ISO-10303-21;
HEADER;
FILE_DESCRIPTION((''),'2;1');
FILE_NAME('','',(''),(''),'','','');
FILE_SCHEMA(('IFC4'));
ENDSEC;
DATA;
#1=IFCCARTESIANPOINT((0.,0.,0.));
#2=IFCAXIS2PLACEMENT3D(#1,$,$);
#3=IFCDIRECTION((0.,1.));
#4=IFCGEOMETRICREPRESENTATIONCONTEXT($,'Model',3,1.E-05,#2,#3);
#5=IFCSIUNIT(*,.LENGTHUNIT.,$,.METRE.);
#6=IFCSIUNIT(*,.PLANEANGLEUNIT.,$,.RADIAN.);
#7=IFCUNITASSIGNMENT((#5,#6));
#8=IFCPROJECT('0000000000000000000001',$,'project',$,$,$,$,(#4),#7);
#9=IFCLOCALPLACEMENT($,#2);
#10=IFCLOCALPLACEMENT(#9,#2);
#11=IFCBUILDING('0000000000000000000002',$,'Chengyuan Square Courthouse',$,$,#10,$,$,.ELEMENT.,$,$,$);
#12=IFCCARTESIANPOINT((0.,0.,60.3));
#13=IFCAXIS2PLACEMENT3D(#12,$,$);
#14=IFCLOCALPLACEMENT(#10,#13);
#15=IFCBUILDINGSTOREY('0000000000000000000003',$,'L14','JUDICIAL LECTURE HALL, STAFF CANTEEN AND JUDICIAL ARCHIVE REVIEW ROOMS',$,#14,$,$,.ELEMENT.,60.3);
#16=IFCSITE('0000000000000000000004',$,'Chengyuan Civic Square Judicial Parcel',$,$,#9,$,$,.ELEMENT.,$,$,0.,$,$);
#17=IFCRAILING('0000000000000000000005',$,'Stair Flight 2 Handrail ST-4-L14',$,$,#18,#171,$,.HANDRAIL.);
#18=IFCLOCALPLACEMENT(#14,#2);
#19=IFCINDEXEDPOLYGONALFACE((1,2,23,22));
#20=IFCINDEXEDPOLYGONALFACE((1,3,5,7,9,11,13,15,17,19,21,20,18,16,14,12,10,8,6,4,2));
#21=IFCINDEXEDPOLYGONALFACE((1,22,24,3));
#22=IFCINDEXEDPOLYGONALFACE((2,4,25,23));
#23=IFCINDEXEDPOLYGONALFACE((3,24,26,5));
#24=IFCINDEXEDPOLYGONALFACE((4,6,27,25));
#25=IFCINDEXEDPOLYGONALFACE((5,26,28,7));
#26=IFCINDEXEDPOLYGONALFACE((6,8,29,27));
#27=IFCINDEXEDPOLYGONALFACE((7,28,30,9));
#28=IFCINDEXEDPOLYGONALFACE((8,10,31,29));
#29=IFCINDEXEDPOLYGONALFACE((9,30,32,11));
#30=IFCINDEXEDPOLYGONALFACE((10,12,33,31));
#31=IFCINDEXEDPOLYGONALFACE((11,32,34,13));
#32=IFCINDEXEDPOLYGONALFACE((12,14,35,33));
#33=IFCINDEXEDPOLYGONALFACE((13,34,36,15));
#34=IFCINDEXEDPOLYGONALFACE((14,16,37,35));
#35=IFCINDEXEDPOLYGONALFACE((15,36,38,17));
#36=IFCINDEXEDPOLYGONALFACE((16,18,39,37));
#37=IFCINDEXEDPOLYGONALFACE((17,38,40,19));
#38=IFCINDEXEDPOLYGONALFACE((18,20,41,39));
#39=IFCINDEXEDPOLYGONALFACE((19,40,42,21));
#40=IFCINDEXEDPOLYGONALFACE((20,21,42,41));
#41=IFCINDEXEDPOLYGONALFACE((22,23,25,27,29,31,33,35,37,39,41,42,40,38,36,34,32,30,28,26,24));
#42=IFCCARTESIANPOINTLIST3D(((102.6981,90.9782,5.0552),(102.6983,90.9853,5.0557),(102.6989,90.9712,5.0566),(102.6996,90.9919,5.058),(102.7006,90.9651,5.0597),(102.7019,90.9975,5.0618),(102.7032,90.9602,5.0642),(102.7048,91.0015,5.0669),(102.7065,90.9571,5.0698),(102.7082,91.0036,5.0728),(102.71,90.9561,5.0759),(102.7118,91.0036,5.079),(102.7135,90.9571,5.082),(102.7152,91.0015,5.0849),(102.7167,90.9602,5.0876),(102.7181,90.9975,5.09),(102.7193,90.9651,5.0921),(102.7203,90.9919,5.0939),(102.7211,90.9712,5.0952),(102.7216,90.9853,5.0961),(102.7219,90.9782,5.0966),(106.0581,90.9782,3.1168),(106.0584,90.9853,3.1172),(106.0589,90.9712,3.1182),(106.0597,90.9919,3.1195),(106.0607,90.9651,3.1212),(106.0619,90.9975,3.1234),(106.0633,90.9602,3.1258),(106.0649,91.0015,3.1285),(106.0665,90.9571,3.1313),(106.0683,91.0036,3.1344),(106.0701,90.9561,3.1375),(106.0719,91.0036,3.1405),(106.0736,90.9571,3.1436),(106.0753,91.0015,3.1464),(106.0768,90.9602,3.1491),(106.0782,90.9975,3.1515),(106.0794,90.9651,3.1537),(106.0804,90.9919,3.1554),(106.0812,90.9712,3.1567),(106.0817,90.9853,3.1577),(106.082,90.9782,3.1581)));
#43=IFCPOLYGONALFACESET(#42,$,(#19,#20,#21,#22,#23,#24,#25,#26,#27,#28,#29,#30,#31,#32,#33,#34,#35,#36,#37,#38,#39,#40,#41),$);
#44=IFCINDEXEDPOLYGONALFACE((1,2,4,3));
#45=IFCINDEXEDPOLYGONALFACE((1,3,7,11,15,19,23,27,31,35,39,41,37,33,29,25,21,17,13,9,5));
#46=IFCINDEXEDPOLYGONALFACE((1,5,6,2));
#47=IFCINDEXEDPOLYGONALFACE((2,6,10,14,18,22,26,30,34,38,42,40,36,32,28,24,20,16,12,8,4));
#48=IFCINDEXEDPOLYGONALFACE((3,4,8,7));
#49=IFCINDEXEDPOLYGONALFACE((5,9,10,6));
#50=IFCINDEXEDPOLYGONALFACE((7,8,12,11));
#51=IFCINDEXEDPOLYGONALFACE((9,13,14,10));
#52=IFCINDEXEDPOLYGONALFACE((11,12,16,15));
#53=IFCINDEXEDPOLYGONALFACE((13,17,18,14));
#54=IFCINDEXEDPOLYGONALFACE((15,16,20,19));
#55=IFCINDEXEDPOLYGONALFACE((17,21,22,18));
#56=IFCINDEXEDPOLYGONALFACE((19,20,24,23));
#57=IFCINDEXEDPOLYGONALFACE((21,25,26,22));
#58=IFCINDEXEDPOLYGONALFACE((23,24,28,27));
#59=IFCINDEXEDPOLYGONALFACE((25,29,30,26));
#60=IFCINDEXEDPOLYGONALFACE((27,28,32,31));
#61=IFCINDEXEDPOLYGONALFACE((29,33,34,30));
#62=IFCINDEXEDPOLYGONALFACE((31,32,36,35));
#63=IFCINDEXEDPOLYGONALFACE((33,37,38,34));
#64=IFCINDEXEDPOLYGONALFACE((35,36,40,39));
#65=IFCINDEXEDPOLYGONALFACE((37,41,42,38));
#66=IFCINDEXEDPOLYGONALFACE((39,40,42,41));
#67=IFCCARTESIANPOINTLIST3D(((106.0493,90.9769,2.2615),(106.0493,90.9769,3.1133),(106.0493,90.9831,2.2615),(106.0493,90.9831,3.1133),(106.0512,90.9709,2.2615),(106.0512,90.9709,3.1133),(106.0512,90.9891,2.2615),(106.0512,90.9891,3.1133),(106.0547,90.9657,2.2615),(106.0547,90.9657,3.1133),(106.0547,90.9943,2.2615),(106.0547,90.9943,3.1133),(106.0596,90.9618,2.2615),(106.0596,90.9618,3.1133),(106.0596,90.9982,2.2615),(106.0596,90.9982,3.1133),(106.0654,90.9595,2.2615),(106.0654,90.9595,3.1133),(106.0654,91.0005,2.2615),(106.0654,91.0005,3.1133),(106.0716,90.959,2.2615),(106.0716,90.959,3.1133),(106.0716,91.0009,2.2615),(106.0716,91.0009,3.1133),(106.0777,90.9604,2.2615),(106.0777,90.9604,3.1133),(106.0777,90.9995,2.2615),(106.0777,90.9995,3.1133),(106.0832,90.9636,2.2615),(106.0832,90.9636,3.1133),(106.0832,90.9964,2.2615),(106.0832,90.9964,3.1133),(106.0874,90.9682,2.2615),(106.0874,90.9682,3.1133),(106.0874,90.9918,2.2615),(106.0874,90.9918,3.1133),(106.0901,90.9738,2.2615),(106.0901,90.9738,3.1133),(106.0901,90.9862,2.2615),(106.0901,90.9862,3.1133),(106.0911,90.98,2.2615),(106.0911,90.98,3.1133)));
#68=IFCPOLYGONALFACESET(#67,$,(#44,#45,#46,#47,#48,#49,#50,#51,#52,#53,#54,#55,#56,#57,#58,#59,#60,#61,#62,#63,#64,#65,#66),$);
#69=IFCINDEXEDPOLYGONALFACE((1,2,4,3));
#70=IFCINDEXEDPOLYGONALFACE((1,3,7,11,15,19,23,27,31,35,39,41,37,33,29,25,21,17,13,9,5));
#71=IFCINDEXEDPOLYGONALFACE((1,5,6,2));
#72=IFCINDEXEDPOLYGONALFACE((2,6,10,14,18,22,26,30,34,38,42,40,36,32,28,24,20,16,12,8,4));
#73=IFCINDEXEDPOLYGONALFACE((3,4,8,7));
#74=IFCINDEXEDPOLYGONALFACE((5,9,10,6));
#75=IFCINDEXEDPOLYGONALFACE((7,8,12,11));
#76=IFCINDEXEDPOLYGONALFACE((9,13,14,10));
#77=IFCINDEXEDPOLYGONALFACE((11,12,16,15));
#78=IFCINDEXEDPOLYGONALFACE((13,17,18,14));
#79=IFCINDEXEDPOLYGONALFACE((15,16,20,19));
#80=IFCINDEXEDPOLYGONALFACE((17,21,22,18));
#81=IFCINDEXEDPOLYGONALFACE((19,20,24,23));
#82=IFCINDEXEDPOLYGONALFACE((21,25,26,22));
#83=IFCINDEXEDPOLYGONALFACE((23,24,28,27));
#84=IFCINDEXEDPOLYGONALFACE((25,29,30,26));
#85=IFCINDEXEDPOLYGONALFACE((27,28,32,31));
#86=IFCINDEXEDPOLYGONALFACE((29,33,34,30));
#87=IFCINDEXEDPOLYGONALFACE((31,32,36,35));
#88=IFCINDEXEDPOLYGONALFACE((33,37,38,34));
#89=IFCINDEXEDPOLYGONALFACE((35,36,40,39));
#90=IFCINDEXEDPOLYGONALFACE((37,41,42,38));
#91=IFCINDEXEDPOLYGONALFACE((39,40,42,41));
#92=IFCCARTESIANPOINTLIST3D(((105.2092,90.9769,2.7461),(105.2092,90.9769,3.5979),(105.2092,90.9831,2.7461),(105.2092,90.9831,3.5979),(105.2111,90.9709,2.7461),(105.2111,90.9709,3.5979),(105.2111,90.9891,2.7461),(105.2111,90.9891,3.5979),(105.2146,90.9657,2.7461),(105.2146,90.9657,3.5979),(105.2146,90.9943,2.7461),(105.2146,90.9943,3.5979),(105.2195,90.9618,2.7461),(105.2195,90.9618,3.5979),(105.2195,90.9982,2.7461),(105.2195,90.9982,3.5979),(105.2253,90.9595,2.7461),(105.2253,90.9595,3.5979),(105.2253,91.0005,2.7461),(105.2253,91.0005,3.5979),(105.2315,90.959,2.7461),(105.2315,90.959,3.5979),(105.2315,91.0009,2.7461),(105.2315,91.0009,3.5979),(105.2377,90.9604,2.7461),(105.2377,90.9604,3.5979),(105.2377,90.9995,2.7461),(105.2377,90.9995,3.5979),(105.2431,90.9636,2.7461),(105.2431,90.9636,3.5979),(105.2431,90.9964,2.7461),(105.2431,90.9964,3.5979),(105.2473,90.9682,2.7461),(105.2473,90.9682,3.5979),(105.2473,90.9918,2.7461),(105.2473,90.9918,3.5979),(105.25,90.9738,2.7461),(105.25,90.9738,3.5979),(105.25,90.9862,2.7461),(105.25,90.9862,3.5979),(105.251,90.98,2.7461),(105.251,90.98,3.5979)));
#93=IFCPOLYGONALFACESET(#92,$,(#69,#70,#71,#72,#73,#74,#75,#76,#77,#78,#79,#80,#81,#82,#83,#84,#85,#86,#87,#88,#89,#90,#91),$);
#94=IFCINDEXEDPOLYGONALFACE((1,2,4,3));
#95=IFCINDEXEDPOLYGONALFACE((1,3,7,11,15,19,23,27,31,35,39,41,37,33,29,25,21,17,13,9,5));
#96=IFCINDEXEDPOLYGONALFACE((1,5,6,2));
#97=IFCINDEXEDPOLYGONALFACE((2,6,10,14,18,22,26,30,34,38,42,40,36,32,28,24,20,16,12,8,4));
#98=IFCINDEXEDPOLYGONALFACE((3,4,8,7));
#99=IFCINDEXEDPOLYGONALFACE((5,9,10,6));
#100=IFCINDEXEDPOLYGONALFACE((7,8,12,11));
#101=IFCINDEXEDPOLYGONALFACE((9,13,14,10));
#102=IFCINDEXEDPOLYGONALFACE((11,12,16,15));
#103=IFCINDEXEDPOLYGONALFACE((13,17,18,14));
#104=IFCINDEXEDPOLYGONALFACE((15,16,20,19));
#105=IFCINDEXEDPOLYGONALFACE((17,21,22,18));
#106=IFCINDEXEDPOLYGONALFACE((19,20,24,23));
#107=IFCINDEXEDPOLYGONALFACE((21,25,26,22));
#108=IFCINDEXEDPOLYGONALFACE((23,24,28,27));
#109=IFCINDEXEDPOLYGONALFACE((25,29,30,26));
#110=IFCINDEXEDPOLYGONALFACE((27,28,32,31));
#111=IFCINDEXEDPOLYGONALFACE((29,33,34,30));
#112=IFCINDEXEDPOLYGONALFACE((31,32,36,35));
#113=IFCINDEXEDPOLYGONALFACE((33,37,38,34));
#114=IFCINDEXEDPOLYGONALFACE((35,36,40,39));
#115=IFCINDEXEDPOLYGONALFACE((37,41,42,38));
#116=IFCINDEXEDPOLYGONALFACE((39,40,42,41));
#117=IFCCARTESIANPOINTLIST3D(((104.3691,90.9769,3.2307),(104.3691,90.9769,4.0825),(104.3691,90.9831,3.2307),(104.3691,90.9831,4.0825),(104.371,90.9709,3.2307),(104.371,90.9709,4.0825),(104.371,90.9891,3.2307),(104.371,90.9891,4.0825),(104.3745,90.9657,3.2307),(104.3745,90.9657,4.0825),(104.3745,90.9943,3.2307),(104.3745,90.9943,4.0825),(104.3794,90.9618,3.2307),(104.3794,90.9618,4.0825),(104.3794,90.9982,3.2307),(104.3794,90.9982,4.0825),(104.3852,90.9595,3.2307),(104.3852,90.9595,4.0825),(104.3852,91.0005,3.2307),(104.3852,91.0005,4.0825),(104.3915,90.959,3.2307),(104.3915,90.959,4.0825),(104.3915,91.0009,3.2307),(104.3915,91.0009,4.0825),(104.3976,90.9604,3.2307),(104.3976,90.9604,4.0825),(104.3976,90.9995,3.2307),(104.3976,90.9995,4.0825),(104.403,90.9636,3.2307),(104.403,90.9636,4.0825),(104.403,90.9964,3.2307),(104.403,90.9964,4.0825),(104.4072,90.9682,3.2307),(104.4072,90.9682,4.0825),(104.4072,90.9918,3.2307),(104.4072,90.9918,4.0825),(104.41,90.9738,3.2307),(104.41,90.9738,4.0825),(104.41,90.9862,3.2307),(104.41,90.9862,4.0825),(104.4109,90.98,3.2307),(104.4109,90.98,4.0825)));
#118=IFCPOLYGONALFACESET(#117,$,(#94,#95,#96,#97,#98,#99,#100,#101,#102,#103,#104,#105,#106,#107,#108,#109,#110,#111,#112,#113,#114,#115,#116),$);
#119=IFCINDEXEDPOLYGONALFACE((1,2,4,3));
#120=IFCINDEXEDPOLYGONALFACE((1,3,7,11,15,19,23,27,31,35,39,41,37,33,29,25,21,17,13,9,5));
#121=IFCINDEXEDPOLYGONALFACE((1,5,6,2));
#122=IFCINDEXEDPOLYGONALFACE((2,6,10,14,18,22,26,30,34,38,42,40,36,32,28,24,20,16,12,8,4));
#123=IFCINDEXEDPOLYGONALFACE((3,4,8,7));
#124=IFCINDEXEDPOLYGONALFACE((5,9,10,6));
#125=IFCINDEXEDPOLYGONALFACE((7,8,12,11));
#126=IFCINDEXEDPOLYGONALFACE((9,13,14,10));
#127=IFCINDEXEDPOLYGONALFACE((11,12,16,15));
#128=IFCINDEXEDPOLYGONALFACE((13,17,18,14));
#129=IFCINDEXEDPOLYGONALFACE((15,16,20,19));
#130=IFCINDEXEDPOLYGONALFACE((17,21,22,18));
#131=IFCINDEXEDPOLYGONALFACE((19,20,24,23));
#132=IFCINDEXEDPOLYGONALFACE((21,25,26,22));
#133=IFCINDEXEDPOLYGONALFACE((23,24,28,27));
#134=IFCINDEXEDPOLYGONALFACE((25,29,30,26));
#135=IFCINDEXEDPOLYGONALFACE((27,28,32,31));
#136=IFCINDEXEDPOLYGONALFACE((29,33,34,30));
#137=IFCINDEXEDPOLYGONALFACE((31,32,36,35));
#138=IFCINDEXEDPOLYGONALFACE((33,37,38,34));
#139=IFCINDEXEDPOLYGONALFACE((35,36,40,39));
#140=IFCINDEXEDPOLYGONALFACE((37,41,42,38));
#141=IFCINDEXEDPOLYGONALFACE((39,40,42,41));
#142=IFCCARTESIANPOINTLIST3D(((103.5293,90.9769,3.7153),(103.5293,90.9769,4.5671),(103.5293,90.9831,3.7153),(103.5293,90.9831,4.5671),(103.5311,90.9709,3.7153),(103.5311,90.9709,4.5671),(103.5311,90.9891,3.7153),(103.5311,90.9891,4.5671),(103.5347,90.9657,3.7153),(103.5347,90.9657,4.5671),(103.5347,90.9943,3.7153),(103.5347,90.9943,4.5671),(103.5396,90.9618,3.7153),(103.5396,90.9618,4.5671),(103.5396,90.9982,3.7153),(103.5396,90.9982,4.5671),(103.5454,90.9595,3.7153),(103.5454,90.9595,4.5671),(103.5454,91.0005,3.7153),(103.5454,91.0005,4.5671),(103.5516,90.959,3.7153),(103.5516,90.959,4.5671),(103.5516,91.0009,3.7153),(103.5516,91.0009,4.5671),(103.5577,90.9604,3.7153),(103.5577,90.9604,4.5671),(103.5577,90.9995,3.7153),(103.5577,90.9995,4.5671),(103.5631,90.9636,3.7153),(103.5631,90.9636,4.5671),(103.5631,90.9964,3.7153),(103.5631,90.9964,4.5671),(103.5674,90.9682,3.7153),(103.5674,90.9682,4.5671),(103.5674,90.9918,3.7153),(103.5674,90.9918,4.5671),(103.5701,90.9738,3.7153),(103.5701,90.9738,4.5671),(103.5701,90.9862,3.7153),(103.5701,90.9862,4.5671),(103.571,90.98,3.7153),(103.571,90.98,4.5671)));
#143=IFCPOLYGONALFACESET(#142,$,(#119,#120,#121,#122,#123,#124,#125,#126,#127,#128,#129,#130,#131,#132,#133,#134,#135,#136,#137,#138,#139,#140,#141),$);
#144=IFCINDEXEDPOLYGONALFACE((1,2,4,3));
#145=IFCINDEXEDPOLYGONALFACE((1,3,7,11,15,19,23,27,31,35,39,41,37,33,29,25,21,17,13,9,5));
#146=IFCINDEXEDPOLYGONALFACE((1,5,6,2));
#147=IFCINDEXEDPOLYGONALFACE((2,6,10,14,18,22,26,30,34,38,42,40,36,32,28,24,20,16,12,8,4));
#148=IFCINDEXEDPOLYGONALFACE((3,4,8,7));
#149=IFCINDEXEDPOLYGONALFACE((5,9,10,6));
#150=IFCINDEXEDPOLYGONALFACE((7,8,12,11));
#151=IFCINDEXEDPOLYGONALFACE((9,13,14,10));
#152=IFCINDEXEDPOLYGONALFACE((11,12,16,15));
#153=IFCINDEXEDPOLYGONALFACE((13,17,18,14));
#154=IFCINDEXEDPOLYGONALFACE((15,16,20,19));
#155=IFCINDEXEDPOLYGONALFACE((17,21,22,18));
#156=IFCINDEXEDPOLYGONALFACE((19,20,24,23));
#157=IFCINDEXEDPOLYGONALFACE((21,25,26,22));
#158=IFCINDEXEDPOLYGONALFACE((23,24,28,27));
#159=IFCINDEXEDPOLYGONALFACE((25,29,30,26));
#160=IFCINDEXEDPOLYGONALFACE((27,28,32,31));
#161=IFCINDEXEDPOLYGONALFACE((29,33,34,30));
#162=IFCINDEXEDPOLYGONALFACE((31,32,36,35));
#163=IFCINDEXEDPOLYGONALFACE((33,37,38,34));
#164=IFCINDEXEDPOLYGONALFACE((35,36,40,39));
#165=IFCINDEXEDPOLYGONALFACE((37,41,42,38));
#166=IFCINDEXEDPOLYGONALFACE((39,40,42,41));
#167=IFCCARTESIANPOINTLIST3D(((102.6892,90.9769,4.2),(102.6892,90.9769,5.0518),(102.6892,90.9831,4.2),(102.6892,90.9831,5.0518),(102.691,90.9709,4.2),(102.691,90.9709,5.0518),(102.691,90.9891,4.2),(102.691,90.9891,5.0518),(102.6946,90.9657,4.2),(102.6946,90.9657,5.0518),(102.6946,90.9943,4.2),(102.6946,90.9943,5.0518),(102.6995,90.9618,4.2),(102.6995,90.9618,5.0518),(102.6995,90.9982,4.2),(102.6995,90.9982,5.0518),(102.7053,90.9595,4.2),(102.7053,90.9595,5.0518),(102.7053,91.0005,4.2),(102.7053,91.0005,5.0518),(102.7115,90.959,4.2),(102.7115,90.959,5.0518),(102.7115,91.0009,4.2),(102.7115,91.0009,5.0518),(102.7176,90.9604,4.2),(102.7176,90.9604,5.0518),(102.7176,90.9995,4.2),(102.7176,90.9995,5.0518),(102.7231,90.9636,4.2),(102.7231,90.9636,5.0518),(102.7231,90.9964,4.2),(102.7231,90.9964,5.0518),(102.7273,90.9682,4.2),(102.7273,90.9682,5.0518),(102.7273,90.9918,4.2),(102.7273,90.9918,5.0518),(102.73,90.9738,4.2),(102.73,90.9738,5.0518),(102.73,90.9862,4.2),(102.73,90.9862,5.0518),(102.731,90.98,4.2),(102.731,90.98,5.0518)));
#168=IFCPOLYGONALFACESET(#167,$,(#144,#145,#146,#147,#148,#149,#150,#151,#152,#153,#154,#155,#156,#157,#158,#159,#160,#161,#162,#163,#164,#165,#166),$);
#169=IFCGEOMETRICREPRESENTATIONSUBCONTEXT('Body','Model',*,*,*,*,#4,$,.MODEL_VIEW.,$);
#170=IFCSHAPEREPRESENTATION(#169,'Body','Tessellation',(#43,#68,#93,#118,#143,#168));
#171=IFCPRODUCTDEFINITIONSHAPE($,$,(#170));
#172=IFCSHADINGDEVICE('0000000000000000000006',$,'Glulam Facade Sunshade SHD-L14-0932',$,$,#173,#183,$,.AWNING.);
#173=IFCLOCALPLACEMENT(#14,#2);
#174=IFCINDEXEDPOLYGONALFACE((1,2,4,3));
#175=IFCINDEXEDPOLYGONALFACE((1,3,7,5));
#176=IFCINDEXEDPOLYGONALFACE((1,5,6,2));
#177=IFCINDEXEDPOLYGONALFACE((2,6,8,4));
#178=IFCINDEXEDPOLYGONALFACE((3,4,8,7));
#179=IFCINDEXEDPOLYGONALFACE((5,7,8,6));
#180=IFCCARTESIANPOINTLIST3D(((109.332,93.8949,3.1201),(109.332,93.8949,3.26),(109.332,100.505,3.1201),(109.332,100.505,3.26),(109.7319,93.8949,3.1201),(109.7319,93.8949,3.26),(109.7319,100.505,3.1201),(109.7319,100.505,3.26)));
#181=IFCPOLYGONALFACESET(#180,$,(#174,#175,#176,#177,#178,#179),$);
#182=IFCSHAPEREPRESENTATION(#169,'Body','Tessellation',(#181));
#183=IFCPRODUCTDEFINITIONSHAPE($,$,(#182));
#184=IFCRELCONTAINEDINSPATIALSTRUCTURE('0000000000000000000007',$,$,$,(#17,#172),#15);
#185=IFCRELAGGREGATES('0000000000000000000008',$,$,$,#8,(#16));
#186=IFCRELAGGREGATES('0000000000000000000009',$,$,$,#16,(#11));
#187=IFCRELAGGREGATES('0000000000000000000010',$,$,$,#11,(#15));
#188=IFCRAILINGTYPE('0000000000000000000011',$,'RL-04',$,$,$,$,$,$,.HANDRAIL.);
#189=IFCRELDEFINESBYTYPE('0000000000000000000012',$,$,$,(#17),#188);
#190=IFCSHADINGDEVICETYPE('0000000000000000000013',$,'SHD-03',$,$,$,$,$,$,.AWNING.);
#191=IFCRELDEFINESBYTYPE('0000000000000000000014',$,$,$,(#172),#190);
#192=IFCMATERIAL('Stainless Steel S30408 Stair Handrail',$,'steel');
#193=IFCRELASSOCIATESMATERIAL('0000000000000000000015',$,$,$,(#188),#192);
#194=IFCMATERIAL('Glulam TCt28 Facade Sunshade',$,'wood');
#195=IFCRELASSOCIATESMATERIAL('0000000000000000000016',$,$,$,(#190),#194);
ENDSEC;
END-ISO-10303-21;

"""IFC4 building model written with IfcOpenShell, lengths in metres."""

from ifc_helpers import new_model, si_unit, direction, frame, origin, origin_2d, place, context, subcontext, project, spatial, rectangle, circle, extrude, material, type_object, element, save


model = new_model("IFC4")

# Units and contexts
model_context = context("Model", 3, precision=1e-05, world=origin(), true_north=direction((0.0, 1.0)))
body_context = subcontext(model_context, "Body", "Model", "MODEL_VIEW")
ifc_project = project(units=[si_unit("LENGTHUNIT", "METRE"), si_unit("PLANEANGLEUNIT", "RADIAN")], contexts=[model_context])

# Site, building, storey
site_placement = place(None, origin())
site = spatial("IfcSite", under=ifc_project, at=site_placement, Name="Chengyuan Civic Square Judicial Parcel", CompositionType="ELEMENT", RefElevation=0.0)
building_placement = place(site_placement, origin())
building = spatial("IfcBuilding", under=site, at=building_placement, Name="Chengyuan Square Courthouse", CompositionType="ELEMENT")
storey_placement = place(building_placement, frame((0.0, 0.0, 60.3)))
storey = spatial("IfcBuildingStorey", under=building, at=storey_placement, Name="L14", Description="JUDICIAL LECTURE HALL, STAFF CANTEEN AND JUDICIAL ARCHIVE REVIEW ROOMS", CompositionType="ELEMENT", Elevation=60.3)

# Railing
ifc_material_1 = material(Name="Stainless Steel S30408 Stair Handrail", Category="steel")
railing_type_1 = type_object("IfcRailingType", Name="RL-04", PredefinedType="HANDRAIL", material=ifc_material_1)
for number, where, name in (
    (1, (106.0701, 90.98, 2.2615), "Stair Flight 2 Handrail ST-4-L14"),
):
    element("IfcRailing", number, at=place(storey_placement, frame(where)), inside=storey, type_object=railing_type_1, Name=name, PredefinedType="HANDRAIL", context=body_context, shape_type="SweptSolid", body=[
        extrude(circle(Radius=0.0239, at=origin_2d()), frame((0.0, 0.0, 0.876), z_axis=(-0.866191, 0.0, 0.499713), x_axis=(0.0, -1.0, 0.0)), (0.0, 0.0, 1.0), 3.8792),
        extrude(circle(Radius=0.021, at=origin_2d()), origin(), (0.0, 0.0, 1.0), 0.8518),
        extrude(circle(Radius=0.021, at=origin_2d()), frame((-0.8401, 0.0, 0.4846)), (0.0, 0.0, 1.0), 0.8518),
        extrude(circle(Radius=0.021, at=origin_2d()), frame((-1.6802, 0.0, 0.9692)), (0.0, 0.0, 1.0), 0.8518),
        extrude(circle(Radius=0.021, at=origin_2d()), frame((-2.52, 0.0, 1.4539)), (0.0, 0.0, 1.0), 0.8518),
        extrude(circle(Radius=0.021, at=origin_2d()), frame((-3.3601, 0.0, 1.9385)), (0.0, 0.0, 1.0), 0.8518),
    ])

# Shading device
ifc_material_2 = material(Name="Glulam TCt28 Facade Sunshade", Category="wood")
shading_device_type = type_object("IfcShadingDeviceType", Name="SHD-03", PredefinedType="AWNING", material=ifc_material_2)
shading_device_placement = place(storey_placement, frame((109.532, 97.2, 3.1201), z_axis=(0.0, 0.0, 1.0), x_axis=(0.0, 1.0, 0.0)))
element("IfcShadingDevice", 2, at=shading_device_placement, inside=storey, type_object=shading_device_type, Name="Glulam Facade Sunshade SHD-L14-0932", PredefinedType="AWNING", context=body_context, shape_type="SweptSolid", body=[
    extrude(rectangle(XDim=6.6101, YDim=0.3999, at=origin_2d()), origin(), (0.0, 0.0, 1.0), 0.1399),
])

save(model, "model.ifc")
